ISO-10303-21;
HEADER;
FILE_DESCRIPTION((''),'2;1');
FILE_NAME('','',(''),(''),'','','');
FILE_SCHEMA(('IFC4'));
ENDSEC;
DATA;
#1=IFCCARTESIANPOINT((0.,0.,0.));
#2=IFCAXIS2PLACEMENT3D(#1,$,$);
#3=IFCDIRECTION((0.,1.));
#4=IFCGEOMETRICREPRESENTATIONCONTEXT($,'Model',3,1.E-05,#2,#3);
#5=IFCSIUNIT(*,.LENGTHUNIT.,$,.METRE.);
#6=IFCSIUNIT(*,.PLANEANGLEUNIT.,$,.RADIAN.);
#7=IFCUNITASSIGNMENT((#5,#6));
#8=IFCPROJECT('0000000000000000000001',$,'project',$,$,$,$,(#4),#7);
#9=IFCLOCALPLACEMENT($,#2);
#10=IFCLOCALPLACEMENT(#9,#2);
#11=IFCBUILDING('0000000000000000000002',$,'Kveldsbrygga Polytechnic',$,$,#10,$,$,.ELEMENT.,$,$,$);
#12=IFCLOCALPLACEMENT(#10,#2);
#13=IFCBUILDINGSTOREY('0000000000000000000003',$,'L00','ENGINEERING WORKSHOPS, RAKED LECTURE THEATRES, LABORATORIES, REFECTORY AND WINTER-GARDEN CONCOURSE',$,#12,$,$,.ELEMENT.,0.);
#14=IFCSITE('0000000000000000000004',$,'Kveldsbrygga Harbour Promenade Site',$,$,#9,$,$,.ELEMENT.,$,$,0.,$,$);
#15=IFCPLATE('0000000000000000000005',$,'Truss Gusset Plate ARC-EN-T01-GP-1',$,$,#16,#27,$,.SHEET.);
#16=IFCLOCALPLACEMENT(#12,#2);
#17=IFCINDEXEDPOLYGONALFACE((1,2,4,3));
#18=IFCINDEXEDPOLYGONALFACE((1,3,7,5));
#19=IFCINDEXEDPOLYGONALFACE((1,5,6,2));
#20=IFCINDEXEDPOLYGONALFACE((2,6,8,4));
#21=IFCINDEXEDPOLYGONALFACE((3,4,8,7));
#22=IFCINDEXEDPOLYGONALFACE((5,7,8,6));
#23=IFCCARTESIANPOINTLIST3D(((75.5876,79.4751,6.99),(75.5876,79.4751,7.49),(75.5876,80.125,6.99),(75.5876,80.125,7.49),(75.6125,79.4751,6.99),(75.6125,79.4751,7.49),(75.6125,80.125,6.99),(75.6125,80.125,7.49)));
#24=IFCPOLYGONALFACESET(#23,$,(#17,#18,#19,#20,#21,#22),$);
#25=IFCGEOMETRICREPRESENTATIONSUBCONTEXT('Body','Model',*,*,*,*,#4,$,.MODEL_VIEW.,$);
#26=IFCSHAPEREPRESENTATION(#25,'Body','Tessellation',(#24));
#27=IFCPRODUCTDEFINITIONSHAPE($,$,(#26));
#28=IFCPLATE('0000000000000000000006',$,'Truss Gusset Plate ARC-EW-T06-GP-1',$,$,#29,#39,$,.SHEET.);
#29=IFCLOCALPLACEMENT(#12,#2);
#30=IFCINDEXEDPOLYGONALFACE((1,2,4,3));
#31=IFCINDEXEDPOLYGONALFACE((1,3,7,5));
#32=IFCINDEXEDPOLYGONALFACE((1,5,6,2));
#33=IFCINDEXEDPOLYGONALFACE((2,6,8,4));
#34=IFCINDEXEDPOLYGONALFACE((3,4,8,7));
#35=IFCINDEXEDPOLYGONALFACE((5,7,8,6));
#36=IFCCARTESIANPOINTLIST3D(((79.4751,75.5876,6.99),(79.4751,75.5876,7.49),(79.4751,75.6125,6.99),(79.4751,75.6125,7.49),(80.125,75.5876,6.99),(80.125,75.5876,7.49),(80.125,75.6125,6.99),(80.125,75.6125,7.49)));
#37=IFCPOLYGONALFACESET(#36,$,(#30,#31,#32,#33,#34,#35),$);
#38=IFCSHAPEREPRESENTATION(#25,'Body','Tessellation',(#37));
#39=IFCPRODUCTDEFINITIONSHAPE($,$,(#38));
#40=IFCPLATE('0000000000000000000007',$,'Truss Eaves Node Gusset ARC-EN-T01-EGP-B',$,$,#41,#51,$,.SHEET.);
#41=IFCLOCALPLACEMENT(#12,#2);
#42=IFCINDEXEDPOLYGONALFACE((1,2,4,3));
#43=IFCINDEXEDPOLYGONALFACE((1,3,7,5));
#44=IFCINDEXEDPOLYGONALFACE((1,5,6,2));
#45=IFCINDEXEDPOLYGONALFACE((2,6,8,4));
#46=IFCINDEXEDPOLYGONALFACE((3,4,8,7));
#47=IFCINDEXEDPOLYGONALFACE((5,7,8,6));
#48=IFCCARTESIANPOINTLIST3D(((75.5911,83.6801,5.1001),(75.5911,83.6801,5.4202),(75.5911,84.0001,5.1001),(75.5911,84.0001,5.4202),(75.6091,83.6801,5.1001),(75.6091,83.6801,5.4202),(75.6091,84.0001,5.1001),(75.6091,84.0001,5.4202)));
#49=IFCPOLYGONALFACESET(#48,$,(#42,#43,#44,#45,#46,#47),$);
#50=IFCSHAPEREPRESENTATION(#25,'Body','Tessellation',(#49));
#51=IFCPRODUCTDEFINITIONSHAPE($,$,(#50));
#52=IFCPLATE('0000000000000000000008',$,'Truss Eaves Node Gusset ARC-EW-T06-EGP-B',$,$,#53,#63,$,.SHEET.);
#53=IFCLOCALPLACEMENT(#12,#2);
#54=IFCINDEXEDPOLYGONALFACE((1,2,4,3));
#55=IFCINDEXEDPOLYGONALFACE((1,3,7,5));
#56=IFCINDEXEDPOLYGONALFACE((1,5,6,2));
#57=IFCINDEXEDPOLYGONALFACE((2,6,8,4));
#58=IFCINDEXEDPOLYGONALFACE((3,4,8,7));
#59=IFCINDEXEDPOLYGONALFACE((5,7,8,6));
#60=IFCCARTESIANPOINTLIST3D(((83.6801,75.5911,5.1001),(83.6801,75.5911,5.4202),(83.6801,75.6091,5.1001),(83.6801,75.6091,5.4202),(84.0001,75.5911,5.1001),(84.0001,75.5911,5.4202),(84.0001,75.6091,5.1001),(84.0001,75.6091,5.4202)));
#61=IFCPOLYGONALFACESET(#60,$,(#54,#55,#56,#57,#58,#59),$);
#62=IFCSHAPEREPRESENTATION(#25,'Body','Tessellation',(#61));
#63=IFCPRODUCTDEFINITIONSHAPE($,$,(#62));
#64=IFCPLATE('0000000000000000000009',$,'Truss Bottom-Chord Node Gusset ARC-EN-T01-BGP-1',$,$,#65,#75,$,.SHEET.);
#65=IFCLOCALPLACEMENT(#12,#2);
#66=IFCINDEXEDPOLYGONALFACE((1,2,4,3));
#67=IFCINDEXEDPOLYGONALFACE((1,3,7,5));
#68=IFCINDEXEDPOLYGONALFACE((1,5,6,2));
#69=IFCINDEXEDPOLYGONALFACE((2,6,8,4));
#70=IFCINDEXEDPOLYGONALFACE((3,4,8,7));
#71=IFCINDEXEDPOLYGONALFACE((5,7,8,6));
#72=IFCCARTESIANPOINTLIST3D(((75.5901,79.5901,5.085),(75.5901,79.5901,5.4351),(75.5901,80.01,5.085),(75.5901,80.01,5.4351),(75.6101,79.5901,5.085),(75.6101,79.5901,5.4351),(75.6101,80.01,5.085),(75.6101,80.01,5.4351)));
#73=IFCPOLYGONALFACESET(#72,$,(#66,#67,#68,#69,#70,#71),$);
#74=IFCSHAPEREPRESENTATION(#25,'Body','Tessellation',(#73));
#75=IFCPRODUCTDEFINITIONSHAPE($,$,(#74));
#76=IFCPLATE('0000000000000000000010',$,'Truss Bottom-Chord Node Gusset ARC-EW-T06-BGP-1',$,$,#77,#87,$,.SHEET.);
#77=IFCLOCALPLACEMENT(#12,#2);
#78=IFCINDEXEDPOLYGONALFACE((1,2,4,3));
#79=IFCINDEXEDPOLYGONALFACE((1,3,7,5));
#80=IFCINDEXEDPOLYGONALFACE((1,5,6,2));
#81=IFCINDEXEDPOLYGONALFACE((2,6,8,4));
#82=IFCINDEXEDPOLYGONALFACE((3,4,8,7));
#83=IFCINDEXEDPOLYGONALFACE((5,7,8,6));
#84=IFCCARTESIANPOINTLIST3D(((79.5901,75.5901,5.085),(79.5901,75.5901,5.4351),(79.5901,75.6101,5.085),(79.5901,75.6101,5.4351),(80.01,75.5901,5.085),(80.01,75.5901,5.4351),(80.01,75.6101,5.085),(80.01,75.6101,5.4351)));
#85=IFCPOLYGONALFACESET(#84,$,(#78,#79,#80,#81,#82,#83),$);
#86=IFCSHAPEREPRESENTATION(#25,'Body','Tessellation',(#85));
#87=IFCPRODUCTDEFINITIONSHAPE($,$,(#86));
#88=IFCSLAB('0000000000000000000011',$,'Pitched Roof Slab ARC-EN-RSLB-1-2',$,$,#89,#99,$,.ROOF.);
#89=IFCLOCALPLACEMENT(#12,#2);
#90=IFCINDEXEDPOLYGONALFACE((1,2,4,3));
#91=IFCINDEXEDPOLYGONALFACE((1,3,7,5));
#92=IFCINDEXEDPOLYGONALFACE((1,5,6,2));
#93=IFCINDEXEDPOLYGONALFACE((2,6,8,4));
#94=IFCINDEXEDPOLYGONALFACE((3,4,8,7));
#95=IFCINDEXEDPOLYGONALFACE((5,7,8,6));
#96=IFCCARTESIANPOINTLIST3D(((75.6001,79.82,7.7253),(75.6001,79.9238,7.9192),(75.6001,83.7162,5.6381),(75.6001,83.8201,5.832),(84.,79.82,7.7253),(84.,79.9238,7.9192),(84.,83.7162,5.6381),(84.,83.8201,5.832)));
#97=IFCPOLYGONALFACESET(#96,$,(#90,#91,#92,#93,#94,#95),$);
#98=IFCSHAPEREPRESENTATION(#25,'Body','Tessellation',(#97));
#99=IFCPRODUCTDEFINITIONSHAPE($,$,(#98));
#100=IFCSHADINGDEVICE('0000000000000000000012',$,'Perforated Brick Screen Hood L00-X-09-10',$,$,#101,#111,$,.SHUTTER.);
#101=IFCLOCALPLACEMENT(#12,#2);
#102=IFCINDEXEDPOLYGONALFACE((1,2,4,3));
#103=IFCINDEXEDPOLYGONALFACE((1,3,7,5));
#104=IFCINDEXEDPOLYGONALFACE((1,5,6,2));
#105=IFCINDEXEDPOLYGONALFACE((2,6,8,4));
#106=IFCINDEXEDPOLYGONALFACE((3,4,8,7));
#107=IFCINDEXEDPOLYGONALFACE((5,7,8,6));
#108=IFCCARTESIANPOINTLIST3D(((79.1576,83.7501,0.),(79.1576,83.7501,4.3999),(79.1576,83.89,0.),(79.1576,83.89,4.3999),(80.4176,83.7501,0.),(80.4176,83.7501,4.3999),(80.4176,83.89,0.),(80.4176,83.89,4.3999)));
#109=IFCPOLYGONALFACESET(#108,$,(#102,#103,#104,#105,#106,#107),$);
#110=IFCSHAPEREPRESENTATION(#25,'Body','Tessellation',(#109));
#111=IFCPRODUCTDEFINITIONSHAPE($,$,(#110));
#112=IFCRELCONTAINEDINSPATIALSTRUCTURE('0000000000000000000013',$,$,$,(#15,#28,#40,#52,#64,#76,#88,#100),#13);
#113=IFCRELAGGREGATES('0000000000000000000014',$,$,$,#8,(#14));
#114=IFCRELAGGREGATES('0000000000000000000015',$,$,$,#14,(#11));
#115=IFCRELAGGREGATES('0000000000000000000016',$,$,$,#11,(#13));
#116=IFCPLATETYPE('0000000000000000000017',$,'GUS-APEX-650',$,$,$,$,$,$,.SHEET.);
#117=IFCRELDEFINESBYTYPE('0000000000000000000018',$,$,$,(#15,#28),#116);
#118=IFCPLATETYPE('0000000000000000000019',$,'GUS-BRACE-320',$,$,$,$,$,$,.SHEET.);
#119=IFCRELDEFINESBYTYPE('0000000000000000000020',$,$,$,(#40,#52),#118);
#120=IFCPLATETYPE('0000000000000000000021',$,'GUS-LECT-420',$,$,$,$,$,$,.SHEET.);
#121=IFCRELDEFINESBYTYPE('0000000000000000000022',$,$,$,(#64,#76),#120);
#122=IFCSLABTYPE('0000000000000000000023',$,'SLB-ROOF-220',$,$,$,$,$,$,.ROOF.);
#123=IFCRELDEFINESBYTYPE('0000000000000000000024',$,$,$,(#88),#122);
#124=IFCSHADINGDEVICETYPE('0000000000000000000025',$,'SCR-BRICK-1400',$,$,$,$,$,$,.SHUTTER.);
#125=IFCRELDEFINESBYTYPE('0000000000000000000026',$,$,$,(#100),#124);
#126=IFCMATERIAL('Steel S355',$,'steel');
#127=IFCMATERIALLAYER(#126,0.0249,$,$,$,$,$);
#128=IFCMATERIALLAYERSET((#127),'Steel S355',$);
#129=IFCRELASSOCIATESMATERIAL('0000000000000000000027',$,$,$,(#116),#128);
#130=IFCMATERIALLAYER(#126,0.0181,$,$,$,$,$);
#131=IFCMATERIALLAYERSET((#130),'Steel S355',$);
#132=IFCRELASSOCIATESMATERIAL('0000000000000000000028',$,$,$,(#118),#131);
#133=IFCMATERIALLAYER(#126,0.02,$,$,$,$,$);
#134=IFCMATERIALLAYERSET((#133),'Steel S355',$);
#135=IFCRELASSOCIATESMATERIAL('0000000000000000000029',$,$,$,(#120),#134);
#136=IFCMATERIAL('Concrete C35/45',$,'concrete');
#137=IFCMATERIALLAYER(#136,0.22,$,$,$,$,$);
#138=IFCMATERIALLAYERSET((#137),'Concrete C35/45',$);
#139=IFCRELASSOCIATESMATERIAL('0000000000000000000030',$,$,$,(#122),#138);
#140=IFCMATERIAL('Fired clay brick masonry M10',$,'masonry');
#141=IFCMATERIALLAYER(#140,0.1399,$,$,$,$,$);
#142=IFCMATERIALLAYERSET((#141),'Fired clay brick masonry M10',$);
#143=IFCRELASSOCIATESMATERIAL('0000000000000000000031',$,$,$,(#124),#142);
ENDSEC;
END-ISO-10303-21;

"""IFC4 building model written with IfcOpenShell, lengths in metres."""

from ifc_helpers import new_model, si_unit, direction, frame, origin, origin_2d, place, context, subcontext, project, spatial, polyline, rectangle, outline, extrude, material, layer, layer_set, type_object, element, save


model = new_model("IFC4")

# Units and contexts
model_context = context("Model", 3, precision=1e-05, world=origin(), true_north=direction((0.0, 1.0)))
body_context = subcontext(model_context, "Body", "Model", "MODEL_VIEW")
ifc_project = project(units=[si_unit("LENGTHUNIT", "METRE"), si_unit("PLANEANGLEUNIT", "RADIAN")], contexts=[model_context])

# Site, building, storey
site_placement = place(None, origin())
site = spatial("IfcSite", under=ifc_project, at=site_placement, Name="Kveldsbrygga Harbour Promenade Site", CompositionType="ELEMENT", RefElevation=0.0)
building_placement = place(site_placement, origin())
building = spatial("IfcBuilding", under=site, at=building_placement, Name="Kveldsbrygga Polytechnic", CompositionType="ELEMENT")
storey_placement = place(building_placement, origin())
storey = spatial("IfcBuildingStorey", under=building, at=storey_placement, Name="L00", Description="ENGINEERING WORKSHOPS, RAKED LECTURE THEATRES, LABORATORIES, REFECTORY AND WINTER-GARDEN CONCOURSE", CompositionType="ELEMENT", Elevation=0.0)

# Shared definitions
ifc_material_1 = material(Name="Steel S355", Category="steel")

# Plates
ifc_layer_1 = layer(ifc_material_1, 0.0249)
ifc_layer_set_1 = layer_set([ifc_layer_1], Name="Steel S355")
plate_type_1 = type_object("IfcPlateType", Name="GUS-APEX-650", PredefinedType="SHEET", material=ifc_layer_set_1)
plate_1_placement = place(storey_placement, frame((75.6001, 79.8, 6.99), z_axis=(0.0, 0.0, 1.0), x_axis=(1.0, 0.0, 0.0)))
element("IfcPlate", 1, at=plate_1_placement, inside=storey, type_object=plate_type_1, Name="Truss Gusset Plate ARC-EN-T01-GP-1", PredefinedType="SHEET", context=body_context, shape_type="SweptSolid", body=[
    extrude(rectangle(XDim=0.0249, YDim=0.6499, at=origin_2d()), origin(), (0.0, 0.0, 1.0), 0.5),
])
plate_2_placement = place(storey_placement, frame((79.8, 75.6001, 6.99), z_axis=(0.0, 0.0, 1.0), x_axis=(1.0, 0.0, 0.0)))
element("IfcPlate", 2, at=plate_2_placement, inside=storey, type_object=plate_type_1, Name="Truss Gusset Plate ARC-EW-T06-GP-1", PredefinedType="SHEET", context=body_context, shape_type="SweptSolid", body=[
    extrude(rectangle(XDim=0.6499, YDim=0.0249, at=origin_2d()), origin(), (0.0, 0.0, 1.0), 0.5),
])
ifc_layer_2 = layer(ifc_material_1, 0.0181)
ifc_layer_set_2 = layer_set([ifc_layer_2], Name="Steel S355")
plate_type_2 = type_object("IfcPlateType", Name="GUS-BRACE-320", PredefinedType="SHEET", material=ifc_layer_set_2)
plate_3_placement = place(storey_placement, frame((75.6001, 83.8401, 5.1001), z_axis=(0.0, 0.0, 1.0), x_axis=(1.0, 0.0, 0.0)))
element("IfcPlate", 3, at=plate_3_placement, inside=storey, type_object=plate_type_2, Name="Truss Eaves Node Gusset ARC-EN-T01-EGP-B", PredefinedType="SHEET", context=body_context, shape_type="SweptSolid", body=[
    extrude(rectangle(XDim=0.0181, YDim=0.3201, at=origin_2d()), origin(), (0.0, 0.0, 1.0), 0.3201),
])
plate_4_placement = place(storey_placement, frame((83.8401, 75.6001, 5.1001), z_axis=(0.0, 0.0, 1.0), x_axis=(1.0, 0.0, 0.0)))
element("IfcPlate", 4, at=plate_4_placement, inside=storey, type_object=plate_type_2, Name="Truss Eaves Node Gusset ARC-EW-T06-EGP-B", PredefinedType="SHEET", context=body_context, shape_type="SweptSolid", body=[
    extrude(rectangle(XDim=0.3201, YDim=0.0181, at=origin_2d()), origin(), (0.0, 0.0, 1.0), 0.3201),
])
ifc_layer_3 = layer(ifc_material_1, 0.02)
ifc_layer_set_3 = layer_set([ifc_layer_3], Name="Steel S355")
plate_type_3 = type_object("IfcPlateType", Name="GUS-LECT-420", PredefinedType="SHEET", material=ifc_layer_set_3)
plate_5_placement = place(storey_placement, frame((75.6001, 79.8, 5.085), z_axis=(0.0, 0.0, 1.0), x_axis=(1.0, 0.0, 0.0)))
element("IfcPlate", 5, at=plate_5_placement, inside=storey, type_object=plate_type_3, Name="Truss Bottom-Chord Node Gusset ARC-EN-T01-BGP-1", PredefinedType="SHEET", context=body_context, shape_type="SweptSolid", body=[
    extrude(rectangle(XDim=0.02, YDim=0.4199, at=origin_2d()), origin(), (0.0, 0.0, 1.0), 0.3501),
])
plate_6_placement = place(storey_placement, frame((79.8, 75.6001, 5.085), z_axis=(0.0, 0.0, 1.0), x_axis=(1.0, 0.0, 0.0)))
element("IfcPlate", 6, at=plate_6_placement, inside=storey, type_object=plate_type_3, Name="Truss Bottom-Chord Node Gusset ARC-EW-T06-BGP-1", PredefinedType="SHEET", context=body_context, shape_type="SweptSolid", body=[
    extrude(rectangle(XDim=0.4199, YDim=0.02, at=origin_2d()), origin(), (0.0, 0.0, 1.0), 0.3501),
])

# Slab
ifc_material_2 = material(Name="Concrete C35/45", Category="concrete")
ifc_layer_4 = layer(ifc_material_2, 0.22)
ifc_layer_set_4 = layer_set([ifc_layer_4], Name="Concrete C35/45")
slab_type = type_object("IfcSlabType", Name="SLB-ROOF-220", PredefinedType="ROOF", material=ifc_layer_set_4)
slab_placement = place(storey_placement, frame((75.6001, 79.9238, 7.9192), z_axis=(0.0, 0.472201, 0.881491), x_axis=(1.0, 0.0, 0.0)))
element("IfcSlab", 7, at=slab_placement, inside=storey, type_object=slab_type, Name="Pitched Roof Slab ARC-EN-RSLB-1-2", PredefinedType="ROOF", context=body_context, shape_type="SweptSolid", body=[
    extrude(outline(polyline([(0.0, 0.0), (8.3999, 0.0), (8.3999, 4.4201), (0.0, 4.4201), (0.0, 0.0)])), origin(), (0.0, 0.0, -1.0), 0.22),
])

# Shared definitions
ifc_material_3 = material(Name="Fired clay brick masonry M10", Category="masonry")

# Shading device
ifc_layer_5 = layer(ifc_material_3, 0.1399)
ifc_layer_set_5 = layer_set([ifc_layer_5], Name="Fired clay brick masonry M10")
shading_device_type = type_object("IfcShadingDeviceType", Name="SCR-BRICK-1400", PredefinedType="SHUTTER", material=ifc_layer_set_5)
shading_device_placement = place(storey_placement, frame((79.7876, 83.8201, 0.0), z_axis=(0.0, 0.0, 1.0), x_axis=(1.0, 0.0, 0.0)))
element("IfcShadingDevice", 8, at=shading_device_placement, inside=storey, type_object=shading_device_type, Name="Perforated Brick Screen Hood L00-X-09-10", PredefinedType="SHUTTER", context=body_context, shape_type="SweptSolid", body=[
    extrude(rectangle(XDim=1.26, YDim=0.1399, at=origin_2d()), origin(), (0.0, 0.0, 1.0), 4.3999),
])

save(model, "model.ifc")
